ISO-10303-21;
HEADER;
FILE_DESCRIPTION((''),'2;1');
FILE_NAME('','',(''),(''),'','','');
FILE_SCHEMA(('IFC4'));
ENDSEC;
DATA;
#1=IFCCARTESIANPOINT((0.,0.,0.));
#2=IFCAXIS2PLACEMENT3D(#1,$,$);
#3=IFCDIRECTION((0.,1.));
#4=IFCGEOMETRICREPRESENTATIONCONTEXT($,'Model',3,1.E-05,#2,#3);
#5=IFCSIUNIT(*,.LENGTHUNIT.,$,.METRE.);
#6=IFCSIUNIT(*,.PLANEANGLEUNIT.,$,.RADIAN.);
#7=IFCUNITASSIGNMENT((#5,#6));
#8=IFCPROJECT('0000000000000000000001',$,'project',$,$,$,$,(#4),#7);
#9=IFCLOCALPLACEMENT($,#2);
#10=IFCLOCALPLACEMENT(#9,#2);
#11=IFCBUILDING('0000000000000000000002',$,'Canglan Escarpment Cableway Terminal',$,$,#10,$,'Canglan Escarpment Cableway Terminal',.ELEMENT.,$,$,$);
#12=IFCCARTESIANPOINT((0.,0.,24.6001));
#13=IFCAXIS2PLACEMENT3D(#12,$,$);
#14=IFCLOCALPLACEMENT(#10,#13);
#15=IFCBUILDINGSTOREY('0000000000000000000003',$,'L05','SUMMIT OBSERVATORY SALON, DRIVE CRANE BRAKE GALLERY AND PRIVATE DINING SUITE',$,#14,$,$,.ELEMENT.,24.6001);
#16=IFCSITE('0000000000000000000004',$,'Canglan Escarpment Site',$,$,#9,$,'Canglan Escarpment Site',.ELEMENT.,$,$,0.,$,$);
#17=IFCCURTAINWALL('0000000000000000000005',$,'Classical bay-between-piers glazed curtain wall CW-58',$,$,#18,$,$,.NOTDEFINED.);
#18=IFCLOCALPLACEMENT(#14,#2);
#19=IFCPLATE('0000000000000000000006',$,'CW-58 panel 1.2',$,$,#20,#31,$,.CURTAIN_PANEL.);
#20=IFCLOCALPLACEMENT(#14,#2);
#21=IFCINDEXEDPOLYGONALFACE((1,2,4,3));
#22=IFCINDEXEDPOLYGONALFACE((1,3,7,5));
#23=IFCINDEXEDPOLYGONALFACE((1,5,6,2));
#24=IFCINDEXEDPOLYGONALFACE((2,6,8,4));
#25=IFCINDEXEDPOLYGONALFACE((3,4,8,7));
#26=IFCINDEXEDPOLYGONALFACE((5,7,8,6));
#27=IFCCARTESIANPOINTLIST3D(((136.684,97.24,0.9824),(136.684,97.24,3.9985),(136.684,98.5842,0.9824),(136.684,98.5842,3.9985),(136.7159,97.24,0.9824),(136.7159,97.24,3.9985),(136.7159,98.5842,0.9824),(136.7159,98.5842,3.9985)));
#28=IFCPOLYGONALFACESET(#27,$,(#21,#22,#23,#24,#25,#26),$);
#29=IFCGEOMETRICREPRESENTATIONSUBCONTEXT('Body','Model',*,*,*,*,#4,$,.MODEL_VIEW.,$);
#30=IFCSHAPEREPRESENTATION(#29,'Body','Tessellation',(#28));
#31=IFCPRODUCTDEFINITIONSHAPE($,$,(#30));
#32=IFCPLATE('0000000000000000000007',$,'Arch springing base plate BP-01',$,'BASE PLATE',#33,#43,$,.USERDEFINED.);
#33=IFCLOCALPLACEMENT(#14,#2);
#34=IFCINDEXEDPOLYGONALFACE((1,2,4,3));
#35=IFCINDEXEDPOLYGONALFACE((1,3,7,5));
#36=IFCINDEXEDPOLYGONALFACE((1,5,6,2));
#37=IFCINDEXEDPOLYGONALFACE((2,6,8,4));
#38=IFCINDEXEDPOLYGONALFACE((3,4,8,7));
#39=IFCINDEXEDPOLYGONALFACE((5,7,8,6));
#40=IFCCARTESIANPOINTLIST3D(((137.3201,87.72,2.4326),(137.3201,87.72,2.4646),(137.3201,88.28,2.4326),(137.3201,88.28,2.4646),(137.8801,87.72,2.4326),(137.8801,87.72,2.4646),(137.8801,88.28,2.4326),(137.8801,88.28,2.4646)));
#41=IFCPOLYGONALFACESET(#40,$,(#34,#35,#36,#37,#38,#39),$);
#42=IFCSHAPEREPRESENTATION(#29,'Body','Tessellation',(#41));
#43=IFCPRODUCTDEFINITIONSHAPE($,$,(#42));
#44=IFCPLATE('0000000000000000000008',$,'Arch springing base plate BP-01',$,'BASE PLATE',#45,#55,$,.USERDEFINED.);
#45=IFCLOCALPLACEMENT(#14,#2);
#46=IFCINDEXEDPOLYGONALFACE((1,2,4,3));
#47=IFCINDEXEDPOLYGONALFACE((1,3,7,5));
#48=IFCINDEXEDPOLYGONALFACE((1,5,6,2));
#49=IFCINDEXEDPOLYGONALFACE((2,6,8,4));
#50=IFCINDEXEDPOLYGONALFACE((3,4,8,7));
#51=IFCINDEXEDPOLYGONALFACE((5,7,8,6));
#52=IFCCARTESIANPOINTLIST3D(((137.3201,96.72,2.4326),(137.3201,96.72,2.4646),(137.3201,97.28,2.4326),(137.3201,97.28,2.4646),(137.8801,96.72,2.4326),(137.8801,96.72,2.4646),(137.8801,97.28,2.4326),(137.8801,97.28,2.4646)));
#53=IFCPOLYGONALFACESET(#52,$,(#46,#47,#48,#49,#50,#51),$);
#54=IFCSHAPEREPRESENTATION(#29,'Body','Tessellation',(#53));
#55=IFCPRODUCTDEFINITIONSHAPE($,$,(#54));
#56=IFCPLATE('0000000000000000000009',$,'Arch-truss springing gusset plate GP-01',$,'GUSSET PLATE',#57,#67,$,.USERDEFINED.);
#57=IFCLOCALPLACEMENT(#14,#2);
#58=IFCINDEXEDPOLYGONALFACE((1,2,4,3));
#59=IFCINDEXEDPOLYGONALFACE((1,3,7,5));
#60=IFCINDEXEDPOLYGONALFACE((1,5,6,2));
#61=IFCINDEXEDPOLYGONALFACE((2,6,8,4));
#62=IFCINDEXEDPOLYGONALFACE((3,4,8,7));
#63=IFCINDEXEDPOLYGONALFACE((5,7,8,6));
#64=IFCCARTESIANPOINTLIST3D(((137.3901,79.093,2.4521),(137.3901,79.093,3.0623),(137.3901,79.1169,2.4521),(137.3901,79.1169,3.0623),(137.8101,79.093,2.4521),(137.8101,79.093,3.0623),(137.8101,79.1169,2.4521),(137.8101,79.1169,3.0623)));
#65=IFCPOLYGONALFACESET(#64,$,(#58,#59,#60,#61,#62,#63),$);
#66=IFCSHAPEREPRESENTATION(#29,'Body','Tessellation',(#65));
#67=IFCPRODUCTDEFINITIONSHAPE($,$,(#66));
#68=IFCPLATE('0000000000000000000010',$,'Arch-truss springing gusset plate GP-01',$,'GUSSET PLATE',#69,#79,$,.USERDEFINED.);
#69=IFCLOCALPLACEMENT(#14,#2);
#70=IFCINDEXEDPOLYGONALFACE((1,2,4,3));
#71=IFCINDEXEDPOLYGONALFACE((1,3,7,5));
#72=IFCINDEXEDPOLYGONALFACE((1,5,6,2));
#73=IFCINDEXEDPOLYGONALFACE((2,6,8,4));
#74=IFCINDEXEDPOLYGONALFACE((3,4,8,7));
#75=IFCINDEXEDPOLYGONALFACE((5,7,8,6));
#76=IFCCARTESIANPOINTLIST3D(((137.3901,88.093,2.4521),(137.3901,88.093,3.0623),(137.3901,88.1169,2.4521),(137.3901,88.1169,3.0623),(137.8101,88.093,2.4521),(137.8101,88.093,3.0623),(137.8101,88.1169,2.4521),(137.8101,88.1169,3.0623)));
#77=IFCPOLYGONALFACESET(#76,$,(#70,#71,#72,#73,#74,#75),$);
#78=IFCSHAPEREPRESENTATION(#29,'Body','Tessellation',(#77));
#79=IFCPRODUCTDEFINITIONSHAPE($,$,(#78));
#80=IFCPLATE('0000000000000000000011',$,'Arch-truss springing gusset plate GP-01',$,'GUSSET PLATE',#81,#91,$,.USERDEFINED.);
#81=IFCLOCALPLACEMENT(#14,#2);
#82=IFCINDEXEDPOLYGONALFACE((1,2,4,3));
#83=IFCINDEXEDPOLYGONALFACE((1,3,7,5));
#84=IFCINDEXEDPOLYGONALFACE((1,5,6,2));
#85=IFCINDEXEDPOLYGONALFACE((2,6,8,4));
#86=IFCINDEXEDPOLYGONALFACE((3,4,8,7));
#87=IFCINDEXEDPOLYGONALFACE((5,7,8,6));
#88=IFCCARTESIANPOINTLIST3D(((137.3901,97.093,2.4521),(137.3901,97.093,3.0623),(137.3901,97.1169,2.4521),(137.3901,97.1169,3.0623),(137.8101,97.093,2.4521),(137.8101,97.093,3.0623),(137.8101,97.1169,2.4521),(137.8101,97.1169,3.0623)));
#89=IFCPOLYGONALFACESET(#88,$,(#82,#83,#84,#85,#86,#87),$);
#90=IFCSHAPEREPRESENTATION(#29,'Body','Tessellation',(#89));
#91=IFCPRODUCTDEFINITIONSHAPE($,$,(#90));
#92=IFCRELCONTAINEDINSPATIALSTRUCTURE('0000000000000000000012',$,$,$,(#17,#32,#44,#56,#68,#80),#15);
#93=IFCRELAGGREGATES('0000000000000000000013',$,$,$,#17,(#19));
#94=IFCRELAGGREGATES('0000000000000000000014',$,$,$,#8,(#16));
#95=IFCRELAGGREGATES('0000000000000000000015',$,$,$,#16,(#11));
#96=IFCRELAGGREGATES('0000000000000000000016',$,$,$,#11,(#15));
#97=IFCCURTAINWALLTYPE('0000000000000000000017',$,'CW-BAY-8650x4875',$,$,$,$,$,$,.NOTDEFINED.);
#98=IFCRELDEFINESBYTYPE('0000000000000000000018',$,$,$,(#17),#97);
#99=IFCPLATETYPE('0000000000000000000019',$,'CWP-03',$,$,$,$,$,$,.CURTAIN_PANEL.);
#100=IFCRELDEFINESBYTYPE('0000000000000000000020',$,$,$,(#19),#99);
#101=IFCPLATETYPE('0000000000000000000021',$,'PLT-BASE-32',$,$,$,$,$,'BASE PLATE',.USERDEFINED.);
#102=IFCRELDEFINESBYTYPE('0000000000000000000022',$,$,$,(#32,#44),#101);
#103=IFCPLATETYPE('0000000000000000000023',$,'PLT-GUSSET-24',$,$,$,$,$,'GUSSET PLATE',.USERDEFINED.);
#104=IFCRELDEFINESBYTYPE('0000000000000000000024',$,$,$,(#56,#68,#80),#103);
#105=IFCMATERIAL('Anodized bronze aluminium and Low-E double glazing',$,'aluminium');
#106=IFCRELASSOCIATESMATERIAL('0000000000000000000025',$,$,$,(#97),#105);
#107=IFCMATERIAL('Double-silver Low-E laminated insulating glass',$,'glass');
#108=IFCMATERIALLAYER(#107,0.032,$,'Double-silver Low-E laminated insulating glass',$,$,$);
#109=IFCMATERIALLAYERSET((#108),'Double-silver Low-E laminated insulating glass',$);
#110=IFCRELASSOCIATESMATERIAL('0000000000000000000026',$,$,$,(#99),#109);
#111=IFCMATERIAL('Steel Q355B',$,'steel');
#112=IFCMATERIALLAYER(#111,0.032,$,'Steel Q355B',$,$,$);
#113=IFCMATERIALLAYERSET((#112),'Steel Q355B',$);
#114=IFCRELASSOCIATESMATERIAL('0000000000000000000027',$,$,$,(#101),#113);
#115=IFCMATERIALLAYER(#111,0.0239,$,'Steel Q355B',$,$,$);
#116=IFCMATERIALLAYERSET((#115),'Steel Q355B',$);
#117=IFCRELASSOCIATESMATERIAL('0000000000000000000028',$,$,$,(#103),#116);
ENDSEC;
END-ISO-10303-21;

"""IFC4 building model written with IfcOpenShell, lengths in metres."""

from ifc_helpers import new_model, si_unit, direction, frame, origin, origin_2d, place, context, subcontext, project, spatial, rectangle, extrude, material, layer, layer_set, type_object, element, aggregate, save


model = new_model("IFC4")

# Units and contexts
model_context = context("Model", 3, precision=1e-05, world=origin(), true_north=direction((0.0, 1.0)))
body_context = subcontext(model_context, "Body", "Model", "MODEL_VIEW")
ifc_project = project(units=[si_unit("LENGTHUNIT", "METRE"), si_unit("PLANEANGLEUNIT", "RADIAN")], contexts=[model_context])

# Site, building, storey
site_placement = place(None, origin())
site = spatial("IfcSite", under=ifc_project, at=site_placement, Name="Canglan Escarpment Site", LongName="Canglan Escarpment Site", CompositionType="ELEMENT", RefElevation=0.0)
building_placement = place(site_placement, origin())
building = spatial("IfcBuilding", under=site, at=building_placement, Name="Canglan Escarpment Cableway Terminal", LongName="Canglan Escarpment Cableway Terminal", CompositionType="ELEMENT")
storey_placement = place(building_placement, frame((0.0, 0.0, 24.6001)))
storey = spatial("IfcBuildingStorey", under=building, at=storey_placement, Name="L05", Description="SUMMIT OBSERVATORY SALON, DRIVE CRANE BRAKE GALLERY AND PRIVATE DINING SUITE", CompositionType="ELEMENT", Elevation=24.6001)

# Shared definitions
ifc_material_1 = material(Name="Steel Q355B", Category="steel")

# Curtain wall
ifc_material_2 = material(Name="Anodized bronze aluminium and Low-E double glazing", Category="aluminium")
curtain_wall_type_1 = type_object("IfcCurtainWallType", Name="CW-BAY-8650x4875", PredefinedType="NOTDEFINED", material=ifc_material_2)
curtain_wall_1_placement = place(storey_placement, origin())
curtain_wall_1 = element("IfcCurtainWall", 1, at=curtain_wall_1_placement, inside=storey, type_object=curtain_wall_type_1, Name="Classical bay-between-piers glazed curtain wall CW-58", PredefinedType="NOTDEFINED")

# Plate
ifc_material_3 = material(Name="Double-silver Low-E laminated insulating glass", Category="glass")
ifc_layer_1 = layer(ifc_material_3, 0.032, Name="Double-silver Low-E laminated insulating glass")
ifc_layer_set_1 = layer_set([ifc_layer_1], Name="Double-silver Low-E laminated insulating glass")
plate_type_1 = type_object("IfcPlateType", Name="CWP-03", PredefinedType="CURTAIN_PANEL", material=ifc_layer_set_1)
plate_1_placement = place(storey_placement, frame((136.7, 97.9121, 0.9824), z_axis=(0.0, 0.0, 1.0), x_axis=(0.0, 1.0, 0.0)))
plate_1 = element("IfcPlate", 2, at=plate_1_placement, type_object=plate_type_1, Name="CW-58 panel 1.2", PredefinedType="CURTAIN_PANEL", context=body_context, shape_type="SweptSolid", body=[
    extrude(rectangle(XDim=1.3442, YDim=0.032, at=origin_2d()), origin(), (0.0, 0.0, 1.0), 3.0161),
])
aggregate(curtain_wall_1, [plate_1])

# Plates
ifc_layer_2 = layer(ifc_material_1, 0.032, Name="Steel Q355B")
ifc_layer_set_2 = layer_set([ifc_layer_2], Name="Steel Q355B")
plate_type_2 = type_object("IfcPlateType", Name="PLT-BASE-32", ElementType="BASE PLATE", PredefinedType="USERDEFINED", material=ifc_layer_set_2)
for number, where, z_axis, x_axis, name in (
    (3, (137.6001, 88.0, 2.4326), (0.0, 0.0, 1.0), (1.0, 0.0, 0.0), "Arch springing base plate BP-01"),
    (4, (137.6001, 97.0, 2.4326), (0.0, 0.0, 1.0), (1.0, 0.0, 0.0), "Arch springing base plate BP-01"),
):
    element("IfcPlate", number, at=place(storey_placement, frame(where, z_axis=z_axis, x_axis=x_axis)), inside=storey, type_object=plate_type_2, Name=name, ObjectType="BASE PLATE", PredefinedType="USERDEFINED", context=body_context, shape_type="SweptSolid", body=[
        extrude(rectangle(XDim=0.5601, YDim=0.5601, at=origin_2d()), origin(), (0.0, 0.0, 1.0), 0.032),
    ])
ifc_layer_3 = layer(ifc_material_1, 0.0239, Name="Steel Q355B")
ifc_layer_set_3 = layer_set([ifc_layer_3], Name="Steel Q355B")
plate_type_3 = type_object("IfcPlateType", Name="PLT-GUSSET-24", ElementType="GUSSET PLATE", PredefinedType="USERDEFINED", material=ifc_layer_set_3)
for number, where, z_axis, x_axis, name in (
    (5, (137.6001, 79.105, 2.4521), (0.0, 0.0, 1.0), (1.0, 0.0, 0.0), "Arch-truss springing gusset plate GP-01"),
    (6, (137.6001, 88.105, 2.4521), (0.0, 0.0, 1.0), (1.0, 0.0, 0.0), "Arch-truss springing gusset plate GP-01"),
    (7, (137.6001, 97.105, 2.4521), (0.0, 0.0, 1.0), (1.0, 0.0, 0.0), "Arch-truss springing gusset plate GP-01"),
):
    element("IfcPlate", number, at=place(storey_placement, frame(where, z_axis=z_axis, x_axis=x_axis)), inside=storey, type_object=plate_type_3, Name=name, ObjectType="GUSSET PLATE", PredefinedType="USERDEFINED", context=body_context, shape_type="SweptSolid", body=[
        extrude(rectangle(XDim=0.4199, YDim=0.0239, at=origin_2d()), origin(), (0.0, 0.0, 1.0), 0.6101),
    ])

save(model, "model.ifc")
